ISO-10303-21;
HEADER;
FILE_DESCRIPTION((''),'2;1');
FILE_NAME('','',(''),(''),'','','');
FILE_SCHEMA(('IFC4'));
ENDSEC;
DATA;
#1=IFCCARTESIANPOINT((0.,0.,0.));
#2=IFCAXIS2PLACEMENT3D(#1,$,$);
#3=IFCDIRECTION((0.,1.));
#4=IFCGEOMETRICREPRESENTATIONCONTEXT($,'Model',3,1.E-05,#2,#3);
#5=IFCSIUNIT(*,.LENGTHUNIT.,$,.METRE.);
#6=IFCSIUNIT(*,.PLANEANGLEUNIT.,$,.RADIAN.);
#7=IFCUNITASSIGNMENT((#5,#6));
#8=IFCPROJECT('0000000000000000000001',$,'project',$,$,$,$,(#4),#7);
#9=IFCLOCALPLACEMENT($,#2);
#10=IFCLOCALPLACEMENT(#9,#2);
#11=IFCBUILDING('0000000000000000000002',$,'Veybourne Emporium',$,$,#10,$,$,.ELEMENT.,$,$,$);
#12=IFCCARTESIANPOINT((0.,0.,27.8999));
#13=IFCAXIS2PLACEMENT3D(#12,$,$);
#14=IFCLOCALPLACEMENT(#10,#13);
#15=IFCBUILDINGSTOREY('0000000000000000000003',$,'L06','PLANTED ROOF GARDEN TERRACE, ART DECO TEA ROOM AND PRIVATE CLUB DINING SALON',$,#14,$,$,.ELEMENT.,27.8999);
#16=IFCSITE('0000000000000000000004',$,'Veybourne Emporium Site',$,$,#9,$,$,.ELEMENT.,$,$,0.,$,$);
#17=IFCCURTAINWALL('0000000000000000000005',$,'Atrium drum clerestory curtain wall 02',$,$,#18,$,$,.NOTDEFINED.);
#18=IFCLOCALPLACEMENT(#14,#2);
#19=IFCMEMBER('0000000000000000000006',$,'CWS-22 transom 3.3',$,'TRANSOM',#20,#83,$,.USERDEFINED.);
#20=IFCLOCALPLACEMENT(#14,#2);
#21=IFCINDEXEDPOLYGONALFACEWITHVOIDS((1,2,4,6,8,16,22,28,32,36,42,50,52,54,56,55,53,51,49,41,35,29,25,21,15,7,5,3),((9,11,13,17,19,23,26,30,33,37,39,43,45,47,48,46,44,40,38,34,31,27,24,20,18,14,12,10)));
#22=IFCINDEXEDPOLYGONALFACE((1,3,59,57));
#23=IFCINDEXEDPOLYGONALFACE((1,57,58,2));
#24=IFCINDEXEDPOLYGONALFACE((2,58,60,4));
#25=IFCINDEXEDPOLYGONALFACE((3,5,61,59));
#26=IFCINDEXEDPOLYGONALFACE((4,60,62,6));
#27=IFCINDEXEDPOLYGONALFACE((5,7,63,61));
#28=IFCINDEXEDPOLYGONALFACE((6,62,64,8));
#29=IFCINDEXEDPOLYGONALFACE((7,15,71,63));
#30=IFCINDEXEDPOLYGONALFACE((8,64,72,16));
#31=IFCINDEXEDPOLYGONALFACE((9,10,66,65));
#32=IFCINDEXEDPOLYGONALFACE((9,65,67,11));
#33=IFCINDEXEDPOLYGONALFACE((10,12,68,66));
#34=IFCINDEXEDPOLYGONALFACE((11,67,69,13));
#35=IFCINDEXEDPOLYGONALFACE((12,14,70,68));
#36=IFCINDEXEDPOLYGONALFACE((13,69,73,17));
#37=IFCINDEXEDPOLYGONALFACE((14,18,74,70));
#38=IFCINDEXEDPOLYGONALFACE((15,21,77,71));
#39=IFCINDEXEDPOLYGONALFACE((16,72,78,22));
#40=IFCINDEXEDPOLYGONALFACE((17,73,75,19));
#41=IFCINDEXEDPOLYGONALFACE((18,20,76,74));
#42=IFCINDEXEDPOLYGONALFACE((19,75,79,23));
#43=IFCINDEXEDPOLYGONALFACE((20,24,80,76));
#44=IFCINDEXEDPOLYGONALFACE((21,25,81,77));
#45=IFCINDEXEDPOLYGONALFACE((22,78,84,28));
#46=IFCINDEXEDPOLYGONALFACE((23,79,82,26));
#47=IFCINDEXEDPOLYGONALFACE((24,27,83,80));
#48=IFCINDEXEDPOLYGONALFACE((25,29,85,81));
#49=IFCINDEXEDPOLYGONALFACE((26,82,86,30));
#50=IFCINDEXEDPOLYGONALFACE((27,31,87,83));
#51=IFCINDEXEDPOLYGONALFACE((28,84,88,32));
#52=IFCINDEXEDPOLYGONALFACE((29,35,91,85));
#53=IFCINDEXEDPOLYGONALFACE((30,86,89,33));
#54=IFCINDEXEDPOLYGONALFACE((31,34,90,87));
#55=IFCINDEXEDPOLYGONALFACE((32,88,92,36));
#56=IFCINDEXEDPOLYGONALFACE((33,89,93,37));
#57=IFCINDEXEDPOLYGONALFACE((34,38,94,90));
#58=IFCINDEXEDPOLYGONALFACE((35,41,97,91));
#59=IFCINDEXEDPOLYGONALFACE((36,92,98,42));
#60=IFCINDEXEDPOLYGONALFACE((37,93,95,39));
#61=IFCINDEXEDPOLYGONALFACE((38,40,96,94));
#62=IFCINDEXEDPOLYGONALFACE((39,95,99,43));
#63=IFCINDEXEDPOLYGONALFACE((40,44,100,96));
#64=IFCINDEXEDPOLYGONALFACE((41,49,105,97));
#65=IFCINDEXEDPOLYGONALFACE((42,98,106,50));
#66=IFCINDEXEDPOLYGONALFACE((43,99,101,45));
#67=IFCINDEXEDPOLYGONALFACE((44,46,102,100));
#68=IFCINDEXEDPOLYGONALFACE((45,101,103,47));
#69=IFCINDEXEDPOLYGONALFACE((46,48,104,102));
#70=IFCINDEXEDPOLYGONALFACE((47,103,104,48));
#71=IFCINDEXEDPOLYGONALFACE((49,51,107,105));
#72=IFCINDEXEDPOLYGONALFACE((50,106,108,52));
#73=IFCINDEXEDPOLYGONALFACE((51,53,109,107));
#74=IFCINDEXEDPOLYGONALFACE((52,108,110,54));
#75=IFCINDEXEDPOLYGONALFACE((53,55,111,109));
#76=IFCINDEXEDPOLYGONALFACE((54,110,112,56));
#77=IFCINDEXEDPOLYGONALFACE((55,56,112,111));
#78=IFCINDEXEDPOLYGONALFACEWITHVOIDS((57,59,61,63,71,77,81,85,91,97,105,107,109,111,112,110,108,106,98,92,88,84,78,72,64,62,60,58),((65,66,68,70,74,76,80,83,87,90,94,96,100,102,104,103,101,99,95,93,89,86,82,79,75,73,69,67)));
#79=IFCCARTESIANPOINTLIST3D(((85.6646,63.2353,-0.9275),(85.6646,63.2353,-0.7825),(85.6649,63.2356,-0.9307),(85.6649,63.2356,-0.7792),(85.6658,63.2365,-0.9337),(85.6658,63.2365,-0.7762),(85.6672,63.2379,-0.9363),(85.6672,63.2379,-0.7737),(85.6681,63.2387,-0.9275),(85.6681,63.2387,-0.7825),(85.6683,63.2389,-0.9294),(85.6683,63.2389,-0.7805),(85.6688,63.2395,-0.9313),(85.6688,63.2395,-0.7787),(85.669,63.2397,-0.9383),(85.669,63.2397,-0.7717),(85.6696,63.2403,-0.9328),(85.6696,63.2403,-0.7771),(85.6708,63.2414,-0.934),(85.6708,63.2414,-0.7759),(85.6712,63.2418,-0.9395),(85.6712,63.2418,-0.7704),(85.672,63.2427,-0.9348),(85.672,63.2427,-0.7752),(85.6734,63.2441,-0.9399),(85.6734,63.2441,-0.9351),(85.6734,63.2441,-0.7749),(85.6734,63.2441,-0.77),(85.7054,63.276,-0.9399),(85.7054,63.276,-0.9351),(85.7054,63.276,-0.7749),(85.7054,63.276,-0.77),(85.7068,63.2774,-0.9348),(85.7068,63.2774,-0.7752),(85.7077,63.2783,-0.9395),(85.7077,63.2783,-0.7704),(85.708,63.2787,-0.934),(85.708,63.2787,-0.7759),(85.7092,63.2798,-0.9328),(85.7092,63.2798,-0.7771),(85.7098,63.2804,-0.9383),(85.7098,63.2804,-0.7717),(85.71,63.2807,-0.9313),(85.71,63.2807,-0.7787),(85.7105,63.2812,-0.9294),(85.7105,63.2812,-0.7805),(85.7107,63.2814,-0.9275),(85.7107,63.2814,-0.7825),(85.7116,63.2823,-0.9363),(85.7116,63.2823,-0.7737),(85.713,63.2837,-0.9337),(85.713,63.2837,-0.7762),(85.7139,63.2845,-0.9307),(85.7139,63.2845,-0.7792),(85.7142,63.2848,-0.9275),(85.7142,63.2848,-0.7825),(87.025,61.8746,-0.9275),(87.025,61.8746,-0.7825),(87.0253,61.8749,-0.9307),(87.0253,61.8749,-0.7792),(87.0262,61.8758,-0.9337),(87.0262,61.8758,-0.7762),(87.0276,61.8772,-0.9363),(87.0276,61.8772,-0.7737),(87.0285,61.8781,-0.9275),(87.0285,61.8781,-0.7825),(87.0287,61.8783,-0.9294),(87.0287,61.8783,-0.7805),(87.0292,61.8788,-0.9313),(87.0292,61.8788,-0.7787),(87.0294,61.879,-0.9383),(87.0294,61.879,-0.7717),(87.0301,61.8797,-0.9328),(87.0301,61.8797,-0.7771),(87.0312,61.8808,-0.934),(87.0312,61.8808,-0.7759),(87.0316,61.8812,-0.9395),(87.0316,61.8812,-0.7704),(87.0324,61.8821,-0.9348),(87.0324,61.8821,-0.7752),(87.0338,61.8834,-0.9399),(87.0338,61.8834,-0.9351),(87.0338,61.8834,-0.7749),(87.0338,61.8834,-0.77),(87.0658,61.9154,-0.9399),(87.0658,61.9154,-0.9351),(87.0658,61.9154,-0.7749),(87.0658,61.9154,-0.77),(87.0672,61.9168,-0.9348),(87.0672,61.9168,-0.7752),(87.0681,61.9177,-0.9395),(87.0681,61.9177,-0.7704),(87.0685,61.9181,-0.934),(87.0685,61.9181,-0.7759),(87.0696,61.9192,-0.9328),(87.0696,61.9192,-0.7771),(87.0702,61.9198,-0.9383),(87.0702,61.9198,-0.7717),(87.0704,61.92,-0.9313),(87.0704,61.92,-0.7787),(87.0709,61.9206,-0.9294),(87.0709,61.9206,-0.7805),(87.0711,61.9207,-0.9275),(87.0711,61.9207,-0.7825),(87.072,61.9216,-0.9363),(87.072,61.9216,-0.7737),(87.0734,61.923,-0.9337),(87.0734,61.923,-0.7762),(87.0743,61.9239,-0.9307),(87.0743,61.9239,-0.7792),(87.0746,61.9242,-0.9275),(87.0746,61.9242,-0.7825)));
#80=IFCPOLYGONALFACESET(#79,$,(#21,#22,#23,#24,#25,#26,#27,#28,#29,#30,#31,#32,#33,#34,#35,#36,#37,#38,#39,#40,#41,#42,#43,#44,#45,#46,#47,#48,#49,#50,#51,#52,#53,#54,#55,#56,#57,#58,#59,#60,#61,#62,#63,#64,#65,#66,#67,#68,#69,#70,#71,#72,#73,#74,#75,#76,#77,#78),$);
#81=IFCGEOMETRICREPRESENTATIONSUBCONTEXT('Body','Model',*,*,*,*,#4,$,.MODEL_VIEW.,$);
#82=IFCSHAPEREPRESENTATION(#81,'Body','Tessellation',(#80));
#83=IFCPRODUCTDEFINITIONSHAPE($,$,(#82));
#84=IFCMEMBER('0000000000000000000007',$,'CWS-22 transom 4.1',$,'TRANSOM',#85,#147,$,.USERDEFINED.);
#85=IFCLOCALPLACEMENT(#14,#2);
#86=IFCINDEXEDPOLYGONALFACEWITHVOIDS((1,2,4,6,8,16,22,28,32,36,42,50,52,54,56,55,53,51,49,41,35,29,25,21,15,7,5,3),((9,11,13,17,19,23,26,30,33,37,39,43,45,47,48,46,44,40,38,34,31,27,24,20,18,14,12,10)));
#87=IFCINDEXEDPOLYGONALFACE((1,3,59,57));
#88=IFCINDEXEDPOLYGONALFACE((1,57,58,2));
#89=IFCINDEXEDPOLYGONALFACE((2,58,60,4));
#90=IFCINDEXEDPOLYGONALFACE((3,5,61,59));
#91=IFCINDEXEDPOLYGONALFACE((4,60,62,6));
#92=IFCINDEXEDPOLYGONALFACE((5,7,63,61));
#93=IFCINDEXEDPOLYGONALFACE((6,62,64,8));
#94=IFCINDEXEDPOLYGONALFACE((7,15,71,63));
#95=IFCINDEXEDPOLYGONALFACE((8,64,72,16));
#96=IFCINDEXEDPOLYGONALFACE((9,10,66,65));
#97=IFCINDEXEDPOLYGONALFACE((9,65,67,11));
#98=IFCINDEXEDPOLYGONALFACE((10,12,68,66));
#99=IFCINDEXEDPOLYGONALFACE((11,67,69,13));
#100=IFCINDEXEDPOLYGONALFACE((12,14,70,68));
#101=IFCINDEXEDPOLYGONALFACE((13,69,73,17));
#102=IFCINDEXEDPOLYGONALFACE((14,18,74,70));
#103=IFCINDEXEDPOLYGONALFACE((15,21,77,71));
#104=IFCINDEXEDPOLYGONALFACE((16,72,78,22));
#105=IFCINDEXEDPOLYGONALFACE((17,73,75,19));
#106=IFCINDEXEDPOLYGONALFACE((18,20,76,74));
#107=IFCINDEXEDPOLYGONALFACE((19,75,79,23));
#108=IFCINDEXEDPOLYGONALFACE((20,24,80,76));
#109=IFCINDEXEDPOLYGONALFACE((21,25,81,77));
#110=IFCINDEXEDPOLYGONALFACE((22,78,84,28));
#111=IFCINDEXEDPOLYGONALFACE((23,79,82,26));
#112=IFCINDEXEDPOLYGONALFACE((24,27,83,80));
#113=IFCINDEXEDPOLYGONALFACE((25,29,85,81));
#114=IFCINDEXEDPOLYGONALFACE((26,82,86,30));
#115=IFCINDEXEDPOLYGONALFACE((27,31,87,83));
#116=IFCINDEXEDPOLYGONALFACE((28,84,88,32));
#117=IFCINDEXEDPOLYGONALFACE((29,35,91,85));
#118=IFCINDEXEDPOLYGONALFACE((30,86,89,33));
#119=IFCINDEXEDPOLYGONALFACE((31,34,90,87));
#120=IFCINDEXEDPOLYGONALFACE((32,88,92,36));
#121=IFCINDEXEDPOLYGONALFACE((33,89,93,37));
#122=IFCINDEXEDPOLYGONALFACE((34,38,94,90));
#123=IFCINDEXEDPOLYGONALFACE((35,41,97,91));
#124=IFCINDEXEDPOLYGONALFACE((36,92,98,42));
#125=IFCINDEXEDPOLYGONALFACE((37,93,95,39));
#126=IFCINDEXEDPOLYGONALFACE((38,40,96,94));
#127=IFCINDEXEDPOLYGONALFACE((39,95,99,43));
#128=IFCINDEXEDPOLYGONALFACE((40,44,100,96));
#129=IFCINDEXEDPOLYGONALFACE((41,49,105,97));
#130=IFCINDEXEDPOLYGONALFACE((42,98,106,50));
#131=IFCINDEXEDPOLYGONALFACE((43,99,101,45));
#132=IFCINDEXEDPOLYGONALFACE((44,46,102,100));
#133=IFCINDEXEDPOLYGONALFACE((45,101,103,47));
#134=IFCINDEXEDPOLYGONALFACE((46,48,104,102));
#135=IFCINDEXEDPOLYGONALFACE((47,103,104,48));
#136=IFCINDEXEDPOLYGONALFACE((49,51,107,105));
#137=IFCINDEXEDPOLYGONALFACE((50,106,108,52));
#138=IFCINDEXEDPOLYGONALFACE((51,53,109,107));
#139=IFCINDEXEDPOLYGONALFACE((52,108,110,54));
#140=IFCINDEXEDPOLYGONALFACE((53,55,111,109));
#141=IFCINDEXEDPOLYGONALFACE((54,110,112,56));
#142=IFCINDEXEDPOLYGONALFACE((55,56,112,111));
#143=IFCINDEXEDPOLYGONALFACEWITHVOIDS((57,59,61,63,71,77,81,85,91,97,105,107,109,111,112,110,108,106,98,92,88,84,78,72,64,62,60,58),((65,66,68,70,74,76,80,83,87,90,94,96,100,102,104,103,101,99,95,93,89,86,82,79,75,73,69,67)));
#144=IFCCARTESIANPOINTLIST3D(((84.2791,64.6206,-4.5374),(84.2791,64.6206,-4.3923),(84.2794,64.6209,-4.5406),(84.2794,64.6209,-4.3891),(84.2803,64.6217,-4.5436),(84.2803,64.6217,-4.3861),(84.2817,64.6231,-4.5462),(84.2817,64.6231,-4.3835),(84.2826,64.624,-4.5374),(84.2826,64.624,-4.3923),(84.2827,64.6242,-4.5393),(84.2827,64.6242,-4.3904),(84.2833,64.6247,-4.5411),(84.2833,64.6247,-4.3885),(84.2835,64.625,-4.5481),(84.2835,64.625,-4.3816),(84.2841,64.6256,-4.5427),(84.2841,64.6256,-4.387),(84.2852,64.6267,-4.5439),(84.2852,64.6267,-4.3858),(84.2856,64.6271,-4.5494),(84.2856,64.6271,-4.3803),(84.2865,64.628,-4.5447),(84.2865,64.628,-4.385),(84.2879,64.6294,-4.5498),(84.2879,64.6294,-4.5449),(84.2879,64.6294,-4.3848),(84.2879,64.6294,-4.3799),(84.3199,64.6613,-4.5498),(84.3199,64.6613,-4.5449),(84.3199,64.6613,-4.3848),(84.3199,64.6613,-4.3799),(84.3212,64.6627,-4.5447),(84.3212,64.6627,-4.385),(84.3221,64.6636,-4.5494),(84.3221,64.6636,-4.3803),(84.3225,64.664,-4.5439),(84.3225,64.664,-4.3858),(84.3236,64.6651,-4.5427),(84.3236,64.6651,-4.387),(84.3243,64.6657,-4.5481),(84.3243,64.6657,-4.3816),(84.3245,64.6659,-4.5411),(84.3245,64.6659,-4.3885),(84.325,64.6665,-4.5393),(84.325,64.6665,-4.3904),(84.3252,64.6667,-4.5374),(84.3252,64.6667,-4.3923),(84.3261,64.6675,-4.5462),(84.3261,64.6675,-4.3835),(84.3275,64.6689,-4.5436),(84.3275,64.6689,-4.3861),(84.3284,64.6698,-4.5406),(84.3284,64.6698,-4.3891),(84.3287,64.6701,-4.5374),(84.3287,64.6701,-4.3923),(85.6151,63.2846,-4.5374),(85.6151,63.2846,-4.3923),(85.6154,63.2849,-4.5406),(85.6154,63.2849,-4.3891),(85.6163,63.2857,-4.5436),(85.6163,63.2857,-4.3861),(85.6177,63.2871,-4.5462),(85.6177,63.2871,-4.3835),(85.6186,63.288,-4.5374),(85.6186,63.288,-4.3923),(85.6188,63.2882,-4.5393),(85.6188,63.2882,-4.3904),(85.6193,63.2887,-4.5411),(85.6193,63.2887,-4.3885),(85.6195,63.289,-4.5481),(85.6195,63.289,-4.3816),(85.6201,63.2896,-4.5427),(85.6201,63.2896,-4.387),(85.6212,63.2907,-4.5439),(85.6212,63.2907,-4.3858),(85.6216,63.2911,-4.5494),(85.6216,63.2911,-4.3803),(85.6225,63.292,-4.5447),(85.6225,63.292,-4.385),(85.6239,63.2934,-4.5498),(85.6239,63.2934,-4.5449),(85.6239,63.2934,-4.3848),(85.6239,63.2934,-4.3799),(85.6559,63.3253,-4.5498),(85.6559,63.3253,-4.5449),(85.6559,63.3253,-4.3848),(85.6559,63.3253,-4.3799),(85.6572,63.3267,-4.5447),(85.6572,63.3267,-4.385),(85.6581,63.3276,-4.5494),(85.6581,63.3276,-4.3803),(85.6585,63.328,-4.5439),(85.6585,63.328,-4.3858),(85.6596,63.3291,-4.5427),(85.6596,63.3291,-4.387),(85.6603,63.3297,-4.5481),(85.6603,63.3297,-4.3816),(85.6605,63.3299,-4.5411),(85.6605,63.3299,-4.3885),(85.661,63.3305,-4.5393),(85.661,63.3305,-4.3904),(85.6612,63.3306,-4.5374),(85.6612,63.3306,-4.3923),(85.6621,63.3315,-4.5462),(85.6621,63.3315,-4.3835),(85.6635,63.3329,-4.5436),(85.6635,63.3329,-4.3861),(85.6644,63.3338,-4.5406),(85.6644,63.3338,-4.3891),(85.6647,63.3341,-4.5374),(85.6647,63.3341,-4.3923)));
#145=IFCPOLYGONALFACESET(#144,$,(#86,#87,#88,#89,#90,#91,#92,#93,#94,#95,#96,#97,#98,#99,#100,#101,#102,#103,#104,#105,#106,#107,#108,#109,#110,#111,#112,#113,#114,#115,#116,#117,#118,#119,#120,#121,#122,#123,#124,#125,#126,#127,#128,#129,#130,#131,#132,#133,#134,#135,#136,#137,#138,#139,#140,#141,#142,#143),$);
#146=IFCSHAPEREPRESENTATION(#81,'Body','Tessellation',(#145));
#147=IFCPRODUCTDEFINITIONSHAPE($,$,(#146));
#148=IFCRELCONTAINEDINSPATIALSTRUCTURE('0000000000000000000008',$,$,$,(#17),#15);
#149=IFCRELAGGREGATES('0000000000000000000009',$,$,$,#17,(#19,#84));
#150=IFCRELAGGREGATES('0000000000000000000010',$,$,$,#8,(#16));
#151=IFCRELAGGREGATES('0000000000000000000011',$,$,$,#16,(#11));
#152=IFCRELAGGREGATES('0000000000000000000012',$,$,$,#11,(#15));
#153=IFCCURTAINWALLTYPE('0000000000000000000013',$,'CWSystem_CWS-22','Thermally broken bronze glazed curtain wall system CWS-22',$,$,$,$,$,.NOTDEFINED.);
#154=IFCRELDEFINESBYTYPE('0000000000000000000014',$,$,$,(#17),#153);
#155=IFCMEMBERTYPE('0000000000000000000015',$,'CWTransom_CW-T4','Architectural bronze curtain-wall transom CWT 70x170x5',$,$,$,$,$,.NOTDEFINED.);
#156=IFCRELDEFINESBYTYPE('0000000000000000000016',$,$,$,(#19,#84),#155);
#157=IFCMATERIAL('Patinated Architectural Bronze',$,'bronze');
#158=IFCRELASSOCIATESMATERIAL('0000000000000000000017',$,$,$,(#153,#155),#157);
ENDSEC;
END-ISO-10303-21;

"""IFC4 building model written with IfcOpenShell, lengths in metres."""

from ifc_helpers import new_model, si_unit, direction, frame, origin, origin_2d, place, context, subcontext, project, spatial, hollow_rectangle, extrude, material, material_profile, profile_set, type_object, element, aggregate, save


model = new_model("IFC4")

# Units and contexts
model_context = context("Model", 3, precision=1e-05, world=origin(), true_north=direction((0.0, 1.0)))
body_context = subcontext(model_context, "Body", "Model", "MODEL_VIEW")
ifc_project = project(units=[si_unit("LENGTHUNIT", "METRE"), si_unit("PLANEANGLEUNIT", "RADIAN")], contexts=[model_context])

# Site, building, storey
site_placement = place(None, origin())
site = spatial("IfcSite", under=ifc_project, at=site_placement, Name="Veybourne Emporium Site", CompositionType="ELEMENT", RefElevation=0.0)
building_placement = place(site_placement, origin())
building = spatial("IfcBuilding", under=site, at=building_placement, Name="Veybourne Emporium", CompositionType="ELEMENT")
storey_placement = place(building_placement, frame((0.0, 0.0, 27.8999)))
storey = spatial("IfcBuildingStorey", under=building, at=storey_placement, Name="L06", Description="PLANTED ROOF GARDEN TERRACE, ART DECO TEA ROOM AND PRIVATE CLUB DINING SALON", CompositionType="ELEMENT", Elevation=27.8999)

# Curtain wall
ifc_material_1 = material(Name="Patinated Architectural Bronze", Category="bronze")
curtain_wall_type_1 = type_object("IfcCurtainWallType", Name="CWSystem_CWS-22", Description="Thermally broken bronze glazed curtain wall system CWS-22", PredefinedType="NOTDEFINED", material=ifc_material_1)
curtain_wall_1_placement = place(storey_placement, origin())
curtain_wall_1 = element("IfcCurtainWall", 1, at=curtain_wall_1_placement, inside=storey, type_object=curtain_wall_type_1, Name="Atrium drum clerestory curtain wall 02", PredefinedType="NOTDEFINED")

# Members
ifc_material_profile_1 = material_profile(ifc_material_1, hollow_rectangle(XDim=0.0701, YDim=0.1699, WallThickness=0.0049, InnerFilletRadius=0.0076, OuterFilletRadius=0.0125, at=origin_2d()), Name="CWT 70x170x5")
ifc_profile_set_1 = profile_set([ifc_material_profile_1], Name="Patinated Architectural Bronze")
member_type_1 = type_object("IfcMemberType", Name="CWTransom_CW-T4", Description="Architectural bronze curtain-wall transom CWT 70x170x5", PredefinedType="NOTDEFINED", material=ifc_profile_set_1)
member_1_placement = place(storey_placement, frame((87.0498, 61.8994, -0.855), z_axis=(-0.707043, 0.70717, 0.0), x_axis=(-0.70717, -0.707043, 0.0)))
member_1 = element("IfcMember", 2, at=member_1_placement, type_object=member_type_1, Name="CWS-22 transom 3.3", ObjectType="TRANSOM", PredefinedType="USERDEFINED", context=body_context, shape_type="SweptSolid", body=[
    extrude(hollow_rectangle(XDim=0.0701, YDim=0.1699, WallThickness=0.0049, InnerFilletRadius=0.0076, OuterFilletRadius=0.0125, at=origin_2d()), origin(), (0.0, 0.0, 1.0), 1.9241),
])
member_2_placement = place(storey_placement, frame((85.6399, 63.3093, -4.4648), z_axis=(-0.707107, 0.707107, 0.0), x_axis=(-0.707107, -0.707107, 0.0)))
member_2 = element("IfcMember", 3, at=member_2_placement, type_object=member_type_1, Name="CWS-22 transom 4.1", ObjectType="TRANSOM", PredefinedType="USERDEFINED", context=body_context, shape_type="SweptSolid", body=[
    extrude(hollow_rectangle(XDim=0.0701, YDim=0.1699, WallThickness=0.0049, InnerFilletRadius=0.0076, OuterFilletRadius=0.0125, at=origin_2d()), origin(), (0.0, 0.0, 1.0), 1.8894),
])

aggregate(curtain_wall_1, [member_1, member_2])

save(model, "model.ifc")
